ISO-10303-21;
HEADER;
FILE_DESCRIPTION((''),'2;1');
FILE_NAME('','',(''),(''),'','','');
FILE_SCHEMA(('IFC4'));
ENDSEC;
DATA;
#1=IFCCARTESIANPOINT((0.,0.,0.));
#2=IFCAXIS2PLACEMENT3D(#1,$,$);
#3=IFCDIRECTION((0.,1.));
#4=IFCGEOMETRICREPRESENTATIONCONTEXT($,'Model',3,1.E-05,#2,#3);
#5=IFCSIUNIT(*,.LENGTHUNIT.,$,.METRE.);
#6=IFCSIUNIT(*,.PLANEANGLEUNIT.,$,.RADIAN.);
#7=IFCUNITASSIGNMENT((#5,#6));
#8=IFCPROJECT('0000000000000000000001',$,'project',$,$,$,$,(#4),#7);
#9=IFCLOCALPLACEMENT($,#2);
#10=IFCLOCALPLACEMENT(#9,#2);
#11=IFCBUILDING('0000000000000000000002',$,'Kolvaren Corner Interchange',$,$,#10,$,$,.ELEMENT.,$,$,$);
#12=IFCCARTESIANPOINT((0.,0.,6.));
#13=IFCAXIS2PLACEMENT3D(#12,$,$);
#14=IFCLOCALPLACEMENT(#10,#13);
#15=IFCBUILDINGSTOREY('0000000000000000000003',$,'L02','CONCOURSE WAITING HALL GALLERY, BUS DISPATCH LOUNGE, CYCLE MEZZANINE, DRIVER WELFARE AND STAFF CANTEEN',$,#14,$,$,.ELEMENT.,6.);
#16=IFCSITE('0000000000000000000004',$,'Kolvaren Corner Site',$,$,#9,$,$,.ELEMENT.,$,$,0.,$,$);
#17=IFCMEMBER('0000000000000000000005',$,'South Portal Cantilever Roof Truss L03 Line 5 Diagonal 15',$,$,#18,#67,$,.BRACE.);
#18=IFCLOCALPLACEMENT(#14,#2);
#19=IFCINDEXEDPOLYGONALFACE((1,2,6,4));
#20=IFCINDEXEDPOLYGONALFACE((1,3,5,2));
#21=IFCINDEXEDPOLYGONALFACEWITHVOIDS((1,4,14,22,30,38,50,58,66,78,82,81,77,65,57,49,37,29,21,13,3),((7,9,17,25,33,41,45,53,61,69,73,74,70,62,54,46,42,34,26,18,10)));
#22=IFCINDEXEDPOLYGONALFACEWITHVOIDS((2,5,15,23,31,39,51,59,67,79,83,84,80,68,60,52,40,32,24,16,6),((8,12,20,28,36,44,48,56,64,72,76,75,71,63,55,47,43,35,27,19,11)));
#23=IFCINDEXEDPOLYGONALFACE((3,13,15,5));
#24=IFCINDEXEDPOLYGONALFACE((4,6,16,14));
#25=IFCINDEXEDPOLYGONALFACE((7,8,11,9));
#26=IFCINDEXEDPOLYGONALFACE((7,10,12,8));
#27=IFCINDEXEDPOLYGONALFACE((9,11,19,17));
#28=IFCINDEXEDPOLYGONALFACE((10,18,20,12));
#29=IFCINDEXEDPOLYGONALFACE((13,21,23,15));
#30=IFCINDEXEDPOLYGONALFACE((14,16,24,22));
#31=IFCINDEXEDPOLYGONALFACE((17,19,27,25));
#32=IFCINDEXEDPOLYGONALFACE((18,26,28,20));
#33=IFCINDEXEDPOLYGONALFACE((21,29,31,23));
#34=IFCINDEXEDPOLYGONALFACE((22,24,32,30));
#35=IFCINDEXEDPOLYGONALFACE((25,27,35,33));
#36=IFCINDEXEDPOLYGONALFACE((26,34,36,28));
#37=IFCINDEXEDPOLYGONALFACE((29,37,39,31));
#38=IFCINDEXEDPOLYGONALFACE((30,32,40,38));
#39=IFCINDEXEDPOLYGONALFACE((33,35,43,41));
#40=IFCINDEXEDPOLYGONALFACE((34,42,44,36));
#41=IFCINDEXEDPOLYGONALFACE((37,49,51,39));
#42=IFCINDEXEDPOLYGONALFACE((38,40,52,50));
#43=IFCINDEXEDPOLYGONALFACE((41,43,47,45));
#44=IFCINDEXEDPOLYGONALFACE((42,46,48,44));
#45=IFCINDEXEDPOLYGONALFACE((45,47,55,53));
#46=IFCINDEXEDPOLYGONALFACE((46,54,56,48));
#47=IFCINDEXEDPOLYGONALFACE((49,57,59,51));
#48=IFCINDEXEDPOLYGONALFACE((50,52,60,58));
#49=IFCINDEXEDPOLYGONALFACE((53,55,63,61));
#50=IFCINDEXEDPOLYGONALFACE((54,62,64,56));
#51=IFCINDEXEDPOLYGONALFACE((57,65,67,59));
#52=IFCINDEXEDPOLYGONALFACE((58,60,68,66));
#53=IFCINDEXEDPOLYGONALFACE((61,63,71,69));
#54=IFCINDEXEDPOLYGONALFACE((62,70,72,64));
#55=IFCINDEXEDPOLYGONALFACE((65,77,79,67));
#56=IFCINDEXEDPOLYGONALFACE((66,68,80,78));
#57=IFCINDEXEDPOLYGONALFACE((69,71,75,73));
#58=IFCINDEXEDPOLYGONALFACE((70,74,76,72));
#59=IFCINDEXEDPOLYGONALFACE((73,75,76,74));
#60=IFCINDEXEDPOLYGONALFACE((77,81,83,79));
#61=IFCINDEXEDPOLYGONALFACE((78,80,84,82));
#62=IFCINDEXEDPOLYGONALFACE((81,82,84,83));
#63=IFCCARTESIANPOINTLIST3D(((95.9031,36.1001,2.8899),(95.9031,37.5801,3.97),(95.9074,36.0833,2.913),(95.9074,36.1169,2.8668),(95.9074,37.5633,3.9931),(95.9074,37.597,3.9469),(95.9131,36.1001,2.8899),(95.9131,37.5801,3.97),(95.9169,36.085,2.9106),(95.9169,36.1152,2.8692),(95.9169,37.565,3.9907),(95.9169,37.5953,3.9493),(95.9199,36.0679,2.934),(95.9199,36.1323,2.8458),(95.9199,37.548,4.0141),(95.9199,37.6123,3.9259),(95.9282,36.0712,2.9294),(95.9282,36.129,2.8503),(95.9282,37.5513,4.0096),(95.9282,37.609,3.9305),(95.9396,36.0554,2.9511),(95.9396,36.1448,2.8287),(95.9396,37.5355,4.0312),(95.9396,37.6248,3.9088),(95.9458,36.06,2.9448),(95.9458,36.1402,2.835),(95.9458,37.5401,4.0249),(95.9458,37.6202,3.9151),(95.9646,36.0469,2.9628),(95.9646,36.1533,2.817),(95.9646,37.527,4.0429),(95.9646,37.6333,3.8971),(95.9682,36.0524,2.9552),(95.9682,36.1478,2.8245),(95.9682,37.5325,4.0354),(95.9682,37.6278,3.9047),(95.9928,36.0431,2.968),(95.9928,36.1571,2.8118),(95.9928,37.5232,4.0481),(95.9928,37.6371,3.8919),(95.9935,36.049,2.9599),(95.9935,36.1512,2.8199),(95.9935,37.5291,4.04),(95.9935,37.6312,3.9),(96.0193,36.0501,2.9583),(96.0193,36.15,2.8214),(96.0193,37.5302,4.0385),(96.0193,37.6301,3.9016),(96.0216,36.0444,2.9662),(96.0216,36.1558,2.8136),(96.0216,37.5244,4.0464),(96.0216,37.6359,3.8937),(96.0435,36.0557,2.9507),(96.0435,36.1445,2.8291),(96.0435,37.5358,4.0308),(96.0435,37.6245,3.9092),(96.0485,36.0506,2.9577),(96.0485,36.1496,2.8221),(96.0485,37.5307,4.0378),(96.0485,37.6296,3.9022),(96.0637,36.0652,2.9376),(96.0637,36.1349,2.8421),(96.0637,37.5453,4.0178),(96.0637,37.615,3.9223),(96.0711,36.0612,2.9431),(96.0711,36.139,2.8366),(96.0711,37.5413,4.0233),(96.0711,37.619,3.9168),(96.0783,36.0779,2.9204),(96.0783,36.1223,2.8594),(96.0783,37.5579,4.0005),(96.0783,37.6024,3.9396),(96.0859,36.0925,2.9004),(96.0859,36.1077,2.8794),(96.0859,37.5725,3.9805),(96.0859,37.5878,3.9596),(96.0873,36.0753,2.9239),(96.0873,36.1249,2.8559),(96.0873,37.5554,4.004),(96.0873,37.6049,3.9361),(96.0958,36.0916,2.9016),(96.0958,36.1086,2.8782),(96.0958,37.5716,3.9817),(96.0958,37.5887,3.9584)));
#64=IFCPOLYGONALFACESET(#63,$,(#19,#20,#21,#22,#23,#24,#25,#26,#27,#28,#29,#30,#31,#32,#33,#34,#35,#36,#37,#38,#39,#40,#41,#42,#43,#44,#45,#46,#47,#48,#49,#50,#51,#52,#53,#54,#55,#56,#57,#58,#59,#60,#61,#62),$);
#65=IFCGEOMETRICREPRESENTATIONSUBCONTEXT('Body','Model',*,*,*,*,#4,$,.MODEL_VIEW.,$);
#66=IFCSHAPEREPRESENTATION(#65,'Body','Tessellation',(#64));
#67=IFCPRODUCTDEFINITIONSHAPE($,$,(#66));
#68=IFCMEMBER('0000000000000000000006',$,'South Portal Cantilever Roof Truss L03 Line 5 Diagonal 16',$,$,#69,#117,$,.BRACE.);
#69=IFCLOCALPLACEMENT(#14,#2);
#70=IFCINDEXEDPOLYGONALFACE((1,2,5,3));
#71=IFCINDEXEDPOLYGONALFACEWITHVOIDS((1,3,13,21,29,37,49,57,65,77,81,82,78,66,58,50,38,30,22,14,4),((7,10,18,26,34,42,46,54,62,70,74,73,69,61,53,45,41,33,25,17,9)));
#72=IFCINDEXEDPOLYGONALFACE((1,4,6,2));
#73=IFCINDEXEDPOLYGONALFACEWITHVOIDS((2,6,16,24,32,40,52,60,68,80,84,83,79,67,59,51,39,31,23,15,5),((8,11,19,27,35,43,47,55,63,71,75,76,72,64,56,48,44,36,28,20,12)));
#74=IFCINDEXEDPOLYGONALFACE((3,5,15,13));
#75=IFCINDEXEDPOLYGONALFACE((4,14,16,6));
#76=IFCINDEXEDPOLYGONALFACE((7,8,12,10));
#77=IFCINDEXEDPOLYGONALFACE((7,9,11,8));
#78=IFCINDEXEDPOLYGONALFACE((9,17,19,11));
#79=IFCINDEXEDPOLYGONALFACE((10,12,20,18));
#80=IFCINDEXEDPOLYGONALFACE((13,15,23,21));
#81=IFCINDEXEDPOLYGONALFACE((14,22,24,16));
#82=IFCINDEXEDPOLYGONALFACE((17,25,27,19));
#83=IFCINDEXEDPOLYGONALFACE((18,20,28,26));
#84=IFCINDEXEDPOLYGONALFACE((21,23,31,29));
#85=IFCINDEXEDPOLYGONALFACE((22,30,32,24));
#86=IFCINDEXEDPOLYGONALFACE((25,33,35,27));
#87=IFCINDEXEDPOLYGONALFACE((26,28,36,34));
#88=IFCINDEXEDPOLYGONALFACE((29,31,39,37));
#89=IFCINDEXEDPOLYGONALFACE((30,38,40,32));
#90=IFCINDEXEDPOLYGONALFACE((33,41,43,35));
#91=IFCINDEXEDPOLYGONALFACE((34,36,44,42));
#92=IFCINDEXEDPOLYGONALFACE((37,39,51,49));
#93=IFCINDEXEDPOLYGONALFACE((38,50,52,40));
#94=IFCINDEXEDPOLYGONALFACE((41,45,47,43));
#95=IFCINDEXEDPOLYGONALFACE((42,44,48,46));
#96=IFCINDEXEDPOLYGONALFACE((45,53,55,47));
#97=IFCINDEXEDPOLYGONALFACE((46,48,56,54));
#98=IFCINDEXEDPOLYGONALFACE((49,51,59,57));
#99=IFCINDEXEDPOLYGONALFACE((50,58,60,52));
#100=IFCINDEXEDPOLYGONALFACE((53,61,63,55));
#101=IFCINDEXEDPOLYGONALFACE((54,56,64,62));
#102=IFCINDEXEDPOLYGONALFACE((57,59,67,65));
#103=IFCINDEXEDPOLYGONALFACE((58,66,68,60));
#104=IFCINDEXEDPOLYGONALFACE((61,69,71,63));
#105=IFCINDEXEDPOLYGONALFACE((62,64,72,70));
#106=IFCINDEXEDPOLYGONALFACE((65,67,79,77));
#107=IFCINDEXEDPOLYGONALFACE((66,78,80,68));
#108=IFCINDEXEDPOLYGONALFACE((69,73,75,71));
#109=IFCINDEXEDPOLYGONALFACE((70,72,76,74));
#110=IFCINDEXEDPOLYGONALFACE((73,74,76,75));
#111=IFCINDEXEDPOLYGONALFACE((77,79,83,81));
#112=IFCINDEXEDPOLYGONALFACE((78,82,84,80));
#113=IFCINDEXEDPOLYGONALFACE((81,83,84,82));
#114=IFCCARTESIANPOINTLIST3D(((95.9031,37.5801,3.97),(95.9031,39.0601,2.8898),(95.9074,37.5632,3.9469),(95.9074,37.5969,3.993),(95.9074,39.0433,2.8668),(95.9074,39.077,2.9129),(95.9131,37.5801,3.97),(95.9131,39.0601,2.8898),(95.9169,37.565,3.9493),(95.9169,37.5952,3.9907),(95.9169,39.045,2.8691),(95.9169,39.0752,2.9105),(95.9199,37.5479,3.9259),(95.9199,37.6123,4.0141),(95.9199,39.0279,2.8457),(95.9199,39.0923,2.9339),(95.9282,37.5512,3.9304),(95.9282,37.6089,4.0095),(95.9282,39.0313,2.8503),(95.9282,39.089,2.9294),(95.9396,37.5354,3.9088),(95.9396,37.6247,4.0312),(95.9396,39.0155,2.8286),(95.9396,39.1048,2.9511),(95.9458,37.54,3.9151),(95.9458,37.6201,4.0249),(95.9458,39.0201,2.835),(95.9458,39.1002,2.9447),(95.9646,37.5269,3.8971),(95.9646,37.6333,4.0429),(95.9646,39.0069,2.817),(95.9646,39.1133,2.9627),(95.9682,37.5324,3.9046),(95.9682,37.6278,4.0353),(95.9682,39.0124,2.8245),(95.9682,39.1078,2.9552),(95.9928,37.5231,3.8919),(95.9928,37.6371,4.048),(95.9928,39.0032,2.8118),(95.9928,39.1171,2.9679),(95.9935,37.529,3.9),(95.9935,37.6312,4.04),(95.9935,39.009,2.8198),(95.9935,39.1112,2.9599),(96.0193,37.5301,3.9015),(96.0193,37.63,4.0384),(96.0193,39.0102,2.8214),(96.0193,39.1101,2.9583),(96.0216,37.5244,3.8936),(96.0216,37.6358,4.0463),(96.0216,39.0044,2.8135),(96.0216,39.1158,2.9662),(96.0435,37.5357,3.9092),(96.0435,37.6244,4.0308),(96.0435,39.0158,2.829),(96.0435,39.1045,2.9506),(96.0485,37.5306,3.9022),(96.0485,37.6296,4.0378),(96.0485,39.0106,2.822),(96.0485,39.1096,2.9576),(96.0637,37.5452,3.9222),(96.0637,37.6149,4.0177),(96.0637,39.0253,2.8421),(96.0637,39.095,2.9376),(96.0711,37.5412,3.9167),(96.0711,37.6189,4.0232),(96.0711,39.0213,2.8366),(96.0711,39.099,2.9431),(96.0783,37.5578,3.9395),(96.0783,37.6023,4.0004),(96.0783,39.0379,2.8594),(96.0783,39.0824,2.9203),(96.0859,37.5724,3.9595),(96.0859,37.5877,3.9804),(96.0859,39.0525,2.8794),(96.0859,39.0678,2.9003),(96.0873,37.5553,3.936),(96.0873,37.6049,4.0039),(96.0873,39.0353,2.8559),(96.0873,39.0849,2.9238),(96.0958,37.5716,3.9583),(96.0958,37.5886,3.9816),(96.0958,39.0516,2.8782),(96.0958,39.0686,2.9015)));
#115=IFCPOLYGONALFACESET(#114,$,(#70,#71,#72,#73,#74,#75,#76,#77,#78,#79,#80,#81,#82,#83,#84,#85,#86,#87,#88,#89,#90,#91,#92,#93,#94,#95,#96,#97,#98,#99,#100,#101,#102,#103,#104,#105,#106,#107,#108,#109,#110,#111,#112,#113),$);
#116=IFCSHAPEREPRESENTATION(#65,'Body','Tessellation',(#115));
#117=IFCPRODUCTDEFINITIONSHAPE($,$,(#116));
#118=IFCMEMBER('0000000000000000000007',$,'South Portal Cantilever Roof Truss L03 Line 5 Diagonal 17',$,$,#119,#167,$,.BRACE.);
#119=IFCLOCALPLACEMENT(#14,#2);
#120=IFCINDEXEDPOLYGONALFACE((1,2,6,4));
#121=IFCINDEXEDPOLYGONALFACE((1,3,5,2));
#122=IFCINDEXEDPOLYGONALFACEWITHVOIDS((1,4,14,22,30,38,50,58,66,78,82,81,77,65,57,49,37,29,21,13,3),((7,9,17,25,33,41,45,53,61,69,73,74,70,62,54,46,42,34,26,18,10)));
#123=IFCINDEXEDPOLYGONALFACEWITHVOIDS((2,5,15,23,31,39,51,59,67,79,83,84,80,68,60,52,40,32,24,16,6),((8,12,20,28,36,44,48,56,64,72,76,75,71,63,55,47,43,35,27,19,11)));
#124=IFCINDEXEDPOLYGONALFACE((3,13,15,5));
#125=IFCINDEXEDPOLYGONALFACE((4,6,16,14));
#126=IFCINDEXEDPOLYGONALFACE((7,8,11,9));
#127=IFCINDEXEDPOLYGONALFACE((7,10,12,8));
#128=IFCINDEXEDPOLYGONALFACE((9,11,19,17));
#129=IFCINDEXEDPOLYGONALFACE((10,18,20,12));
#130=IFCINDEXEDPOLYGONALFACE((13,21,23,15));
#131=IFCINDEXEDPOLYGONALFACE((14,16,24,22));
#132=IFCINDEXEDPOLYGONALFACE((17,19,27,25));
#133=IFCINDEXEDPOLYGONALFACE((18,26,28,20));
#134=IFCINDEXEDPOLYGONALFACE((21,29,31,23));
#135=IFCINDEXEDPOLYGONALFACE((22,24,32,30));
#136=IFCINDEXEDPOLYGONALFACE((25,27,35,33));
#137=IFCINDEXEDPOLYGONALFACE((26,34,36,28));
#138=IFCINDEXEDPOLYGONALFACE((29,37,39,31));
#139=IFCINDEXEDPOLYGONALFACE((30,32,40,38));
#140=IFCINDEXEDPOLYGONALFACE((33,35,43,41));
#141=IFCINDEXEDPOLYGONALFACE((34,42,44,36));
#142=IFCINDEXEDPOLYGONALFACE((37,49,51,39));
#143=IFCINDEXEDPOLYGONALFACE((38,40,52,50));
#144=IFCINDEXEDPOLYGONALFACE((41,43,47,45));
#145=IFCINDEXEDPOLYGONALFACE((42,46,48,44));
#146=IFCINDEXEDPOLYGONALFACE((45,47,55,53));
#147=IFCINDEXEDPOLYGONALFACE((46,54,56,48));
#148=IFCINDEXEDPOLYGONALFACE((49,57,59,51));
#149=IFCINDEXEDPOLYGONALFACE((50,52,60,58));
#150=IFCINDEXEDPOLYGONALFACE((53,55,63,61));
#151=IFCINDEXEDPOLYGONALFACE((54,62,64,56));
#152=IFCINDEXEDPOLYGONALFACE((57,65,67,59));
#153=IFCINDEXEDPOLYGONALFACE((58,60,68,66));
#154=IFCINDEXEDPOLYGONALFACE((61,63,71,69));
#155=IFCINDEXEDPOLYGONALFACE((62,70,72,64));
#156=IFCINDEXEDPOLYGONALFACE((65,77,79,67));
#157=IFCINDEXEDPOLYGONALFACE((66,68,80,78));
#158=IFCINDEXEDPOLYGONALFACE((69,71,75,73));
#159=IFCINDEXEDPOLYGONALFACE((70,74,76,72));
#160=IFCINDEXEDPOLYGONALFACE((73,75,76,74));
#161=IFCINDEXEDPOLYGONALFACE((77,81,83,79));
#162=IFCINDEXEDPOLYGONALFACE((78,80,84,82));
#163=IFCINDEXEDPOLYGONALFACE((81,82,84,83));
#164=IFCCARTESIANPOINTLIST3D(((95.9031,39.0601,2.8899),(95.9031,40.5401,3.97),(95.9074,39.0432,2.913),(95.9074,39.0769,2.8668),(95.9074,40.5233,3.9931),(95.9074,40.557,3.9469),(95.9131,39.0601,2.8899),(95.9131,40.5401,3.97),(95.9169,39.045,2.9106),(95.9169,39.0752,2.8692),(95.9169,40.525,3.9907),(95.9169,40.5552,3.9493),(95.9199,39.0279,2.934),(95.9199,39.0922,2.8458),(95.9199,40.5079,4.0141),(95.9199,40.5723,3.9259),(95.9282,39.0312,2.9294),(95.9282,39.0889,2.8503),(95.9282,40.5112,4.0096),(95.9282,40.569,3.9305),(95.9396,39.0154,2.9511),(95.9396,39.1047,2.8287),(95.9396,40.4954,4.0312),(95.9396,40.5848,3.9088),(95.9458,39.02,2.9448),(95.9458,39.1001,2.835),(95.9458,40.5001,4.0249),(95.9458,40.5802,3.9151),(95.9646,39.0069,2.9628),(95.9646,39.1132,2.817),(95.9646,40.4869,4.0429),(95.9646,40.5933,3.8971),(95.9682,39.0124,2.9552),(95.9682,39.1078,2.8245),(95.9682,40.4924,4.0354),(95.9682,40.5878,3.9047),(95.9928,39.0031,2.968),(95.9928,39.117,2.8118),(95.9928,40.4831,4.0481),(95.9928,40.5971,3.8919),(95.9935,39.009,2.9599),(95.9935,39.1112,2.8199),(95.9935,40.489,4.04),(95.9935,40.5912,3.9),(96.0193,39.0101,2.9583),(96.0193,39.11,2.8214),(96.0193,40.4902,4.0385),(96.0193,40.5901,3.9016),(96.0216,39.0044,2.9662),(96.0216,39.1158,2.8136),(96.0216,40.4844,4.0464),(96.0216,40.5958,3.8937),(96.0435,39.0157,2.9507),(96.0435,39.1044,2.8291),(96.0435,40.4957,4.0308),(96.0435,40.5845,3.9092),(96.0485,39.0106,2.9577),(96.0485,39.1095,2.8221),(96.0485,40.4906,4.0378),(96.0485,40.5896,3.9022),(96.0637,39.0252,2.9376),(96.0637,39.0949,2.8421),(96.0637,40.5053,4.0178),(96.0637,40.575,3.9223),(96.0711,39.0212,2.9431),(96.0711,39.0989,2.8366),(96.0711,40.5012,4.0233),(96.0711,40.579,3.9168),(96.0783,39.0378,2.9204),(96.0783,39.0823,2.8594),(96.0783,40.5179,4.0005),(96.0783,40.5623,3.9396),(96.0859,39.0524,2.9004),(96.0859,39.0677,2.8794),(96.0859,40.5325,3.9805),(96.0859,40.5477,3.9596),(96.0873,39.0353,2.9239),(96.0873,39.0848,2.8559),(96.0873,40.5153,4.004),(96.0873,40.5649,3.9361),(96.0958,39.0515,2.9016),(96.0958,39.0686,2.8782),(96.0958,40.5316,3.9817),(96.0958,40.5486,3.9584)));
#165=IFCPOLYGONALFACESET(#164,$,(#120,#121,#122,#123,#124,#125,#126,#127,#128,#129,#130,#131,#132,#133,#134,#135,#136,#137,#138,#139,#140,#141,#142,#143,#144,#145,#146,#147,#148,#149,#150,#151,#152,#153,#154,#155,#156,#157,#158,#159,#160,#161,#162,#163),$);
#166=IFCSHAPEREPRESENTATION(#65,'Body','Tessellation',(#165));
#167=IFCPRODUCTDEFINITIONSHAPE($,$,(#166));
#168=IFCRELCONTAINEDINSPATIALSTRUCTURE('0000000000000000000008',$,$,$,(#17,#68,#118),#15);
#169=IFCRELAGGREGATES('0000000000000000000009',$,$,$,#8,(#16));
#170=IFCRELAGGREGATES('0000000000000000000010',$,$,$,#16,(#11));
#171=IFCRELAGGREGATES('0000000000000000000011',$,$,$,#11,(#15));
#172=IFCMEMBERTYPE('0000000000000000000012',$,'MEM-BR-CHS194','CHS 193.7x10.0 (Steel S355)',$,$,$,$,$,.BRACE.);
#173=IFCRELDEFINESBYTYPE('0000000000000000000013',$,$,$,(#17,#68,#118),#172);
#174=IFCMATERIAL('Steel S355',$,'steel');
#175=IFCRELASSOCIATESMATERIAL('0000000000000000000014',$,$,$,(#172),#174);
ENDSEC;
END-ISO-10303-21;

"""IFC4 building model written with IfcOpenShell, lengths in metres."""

from ifc_helpers import new_model, si_unit, direction, frame, origin, origin_2d, place, context, subcontext, project, spatial, hollow_circle, extrude, material, material_profile, profile_set, type_object, element, save


model = new_model("IFC4")

# Units and contexts
model_context = context("Model", 3, precision=1e-05, world=origin(), true_north=direction((0.0, 1.0)))
body_context = subcontext(model_context, "Body", "Model", "MODEL_VIEW")
ifc_project = project(units=[si_unit("LENGTHUNIT", "METRE"), si_unit("PLANEANGLEUNIT", "RADIAN")], contexts=[model_context])

# Site, building, storey
site_placement = place(None, origin())
site = spatial("IfcSite", under=ifc_project, at=site_placement, Name="Kolvaren Corner Site", CompositionType="ELEMENT", RefElevation=0.0)
building_placement = place(site_placement, origin())
building = spatial("IfcBuilding", under=site, at=building_placement, Name="Kolvaren Corner Interchange", CompositionType="ELEMENT")
storey_placement = place(building_placement, frame((0.0, 0.0, 6.0)))
storey = spatial("IfcBuildingStorey", under=building, at=storey_placement, Name="L02", Description="CONCOURSE WAITING HALL GALLERY, BUS DISPATCH LOUNGE, CYCLE MEZZANINE, DRIVER WELFARE AND STAFF CANTEEN", CompositionType="ELEMENT", Elevation=6.0)

# Members
ifc_material_1 = material(Name="Steel S355", Category="steel")
ifc_material_profile_1 = material_profile(ifc_material_1, hollow_circle(Radius=0.0969, WallThickness=0.01, at=origin_2d()), Name="CHS 193.7x10.0")
ifc_profile_set_1 = profile_set([ifc_material_profile_1], Name="Steel S355")
member_type_1 = type_object("IfcMemberType", Name="MEM-BR-CHS194", Description="CHS 193.7x10.0 (Steel S355)", PredefinedType="BRACE", material=ifc_profile_set_1)
for number, where, z_axis, x_axis, name in (
    (1, (96.0, 36.1001, 2.8899), (0.0, 0.807767, 0.589502), (-1.0, 0.0, 0.0), "South Portal Cantilever Roof Truss L03 Line 5 Diagonal 15"),
    (2, (96.0, 37.5801, 3.97), (0.0, 0.807767, -0.589502), (-1.0, 0.0, 0.0), "South Portal Cantilever Roof Truss L03 Line 5 Diagonal 16"),
    (3, (96.0, 39.0601, 2.8899), (0.0, 0.807767, 0.589502), (-1.0, 0.0, 0.0), "South Portal Cantilever Roof Truss L03 Line 5 Diagonal 17"),
):
    element("IfcMember", number, at=place(storey_placement, frame(where, z_axis=z_axis, x_axis=x_axis)), inside=storey, type_object=member_type_1, Name=name, PredefinedType="BRACE", context=body_context, shape_type="SweptSolid", body=[
        extrude(hollow_circle(Radius=0.0969, WallThickness=0.01, at=origin_2d()), origin(), (0.0, 0.0, 1.0), 1.8323),
    ])

save(model, "model.ifc")
